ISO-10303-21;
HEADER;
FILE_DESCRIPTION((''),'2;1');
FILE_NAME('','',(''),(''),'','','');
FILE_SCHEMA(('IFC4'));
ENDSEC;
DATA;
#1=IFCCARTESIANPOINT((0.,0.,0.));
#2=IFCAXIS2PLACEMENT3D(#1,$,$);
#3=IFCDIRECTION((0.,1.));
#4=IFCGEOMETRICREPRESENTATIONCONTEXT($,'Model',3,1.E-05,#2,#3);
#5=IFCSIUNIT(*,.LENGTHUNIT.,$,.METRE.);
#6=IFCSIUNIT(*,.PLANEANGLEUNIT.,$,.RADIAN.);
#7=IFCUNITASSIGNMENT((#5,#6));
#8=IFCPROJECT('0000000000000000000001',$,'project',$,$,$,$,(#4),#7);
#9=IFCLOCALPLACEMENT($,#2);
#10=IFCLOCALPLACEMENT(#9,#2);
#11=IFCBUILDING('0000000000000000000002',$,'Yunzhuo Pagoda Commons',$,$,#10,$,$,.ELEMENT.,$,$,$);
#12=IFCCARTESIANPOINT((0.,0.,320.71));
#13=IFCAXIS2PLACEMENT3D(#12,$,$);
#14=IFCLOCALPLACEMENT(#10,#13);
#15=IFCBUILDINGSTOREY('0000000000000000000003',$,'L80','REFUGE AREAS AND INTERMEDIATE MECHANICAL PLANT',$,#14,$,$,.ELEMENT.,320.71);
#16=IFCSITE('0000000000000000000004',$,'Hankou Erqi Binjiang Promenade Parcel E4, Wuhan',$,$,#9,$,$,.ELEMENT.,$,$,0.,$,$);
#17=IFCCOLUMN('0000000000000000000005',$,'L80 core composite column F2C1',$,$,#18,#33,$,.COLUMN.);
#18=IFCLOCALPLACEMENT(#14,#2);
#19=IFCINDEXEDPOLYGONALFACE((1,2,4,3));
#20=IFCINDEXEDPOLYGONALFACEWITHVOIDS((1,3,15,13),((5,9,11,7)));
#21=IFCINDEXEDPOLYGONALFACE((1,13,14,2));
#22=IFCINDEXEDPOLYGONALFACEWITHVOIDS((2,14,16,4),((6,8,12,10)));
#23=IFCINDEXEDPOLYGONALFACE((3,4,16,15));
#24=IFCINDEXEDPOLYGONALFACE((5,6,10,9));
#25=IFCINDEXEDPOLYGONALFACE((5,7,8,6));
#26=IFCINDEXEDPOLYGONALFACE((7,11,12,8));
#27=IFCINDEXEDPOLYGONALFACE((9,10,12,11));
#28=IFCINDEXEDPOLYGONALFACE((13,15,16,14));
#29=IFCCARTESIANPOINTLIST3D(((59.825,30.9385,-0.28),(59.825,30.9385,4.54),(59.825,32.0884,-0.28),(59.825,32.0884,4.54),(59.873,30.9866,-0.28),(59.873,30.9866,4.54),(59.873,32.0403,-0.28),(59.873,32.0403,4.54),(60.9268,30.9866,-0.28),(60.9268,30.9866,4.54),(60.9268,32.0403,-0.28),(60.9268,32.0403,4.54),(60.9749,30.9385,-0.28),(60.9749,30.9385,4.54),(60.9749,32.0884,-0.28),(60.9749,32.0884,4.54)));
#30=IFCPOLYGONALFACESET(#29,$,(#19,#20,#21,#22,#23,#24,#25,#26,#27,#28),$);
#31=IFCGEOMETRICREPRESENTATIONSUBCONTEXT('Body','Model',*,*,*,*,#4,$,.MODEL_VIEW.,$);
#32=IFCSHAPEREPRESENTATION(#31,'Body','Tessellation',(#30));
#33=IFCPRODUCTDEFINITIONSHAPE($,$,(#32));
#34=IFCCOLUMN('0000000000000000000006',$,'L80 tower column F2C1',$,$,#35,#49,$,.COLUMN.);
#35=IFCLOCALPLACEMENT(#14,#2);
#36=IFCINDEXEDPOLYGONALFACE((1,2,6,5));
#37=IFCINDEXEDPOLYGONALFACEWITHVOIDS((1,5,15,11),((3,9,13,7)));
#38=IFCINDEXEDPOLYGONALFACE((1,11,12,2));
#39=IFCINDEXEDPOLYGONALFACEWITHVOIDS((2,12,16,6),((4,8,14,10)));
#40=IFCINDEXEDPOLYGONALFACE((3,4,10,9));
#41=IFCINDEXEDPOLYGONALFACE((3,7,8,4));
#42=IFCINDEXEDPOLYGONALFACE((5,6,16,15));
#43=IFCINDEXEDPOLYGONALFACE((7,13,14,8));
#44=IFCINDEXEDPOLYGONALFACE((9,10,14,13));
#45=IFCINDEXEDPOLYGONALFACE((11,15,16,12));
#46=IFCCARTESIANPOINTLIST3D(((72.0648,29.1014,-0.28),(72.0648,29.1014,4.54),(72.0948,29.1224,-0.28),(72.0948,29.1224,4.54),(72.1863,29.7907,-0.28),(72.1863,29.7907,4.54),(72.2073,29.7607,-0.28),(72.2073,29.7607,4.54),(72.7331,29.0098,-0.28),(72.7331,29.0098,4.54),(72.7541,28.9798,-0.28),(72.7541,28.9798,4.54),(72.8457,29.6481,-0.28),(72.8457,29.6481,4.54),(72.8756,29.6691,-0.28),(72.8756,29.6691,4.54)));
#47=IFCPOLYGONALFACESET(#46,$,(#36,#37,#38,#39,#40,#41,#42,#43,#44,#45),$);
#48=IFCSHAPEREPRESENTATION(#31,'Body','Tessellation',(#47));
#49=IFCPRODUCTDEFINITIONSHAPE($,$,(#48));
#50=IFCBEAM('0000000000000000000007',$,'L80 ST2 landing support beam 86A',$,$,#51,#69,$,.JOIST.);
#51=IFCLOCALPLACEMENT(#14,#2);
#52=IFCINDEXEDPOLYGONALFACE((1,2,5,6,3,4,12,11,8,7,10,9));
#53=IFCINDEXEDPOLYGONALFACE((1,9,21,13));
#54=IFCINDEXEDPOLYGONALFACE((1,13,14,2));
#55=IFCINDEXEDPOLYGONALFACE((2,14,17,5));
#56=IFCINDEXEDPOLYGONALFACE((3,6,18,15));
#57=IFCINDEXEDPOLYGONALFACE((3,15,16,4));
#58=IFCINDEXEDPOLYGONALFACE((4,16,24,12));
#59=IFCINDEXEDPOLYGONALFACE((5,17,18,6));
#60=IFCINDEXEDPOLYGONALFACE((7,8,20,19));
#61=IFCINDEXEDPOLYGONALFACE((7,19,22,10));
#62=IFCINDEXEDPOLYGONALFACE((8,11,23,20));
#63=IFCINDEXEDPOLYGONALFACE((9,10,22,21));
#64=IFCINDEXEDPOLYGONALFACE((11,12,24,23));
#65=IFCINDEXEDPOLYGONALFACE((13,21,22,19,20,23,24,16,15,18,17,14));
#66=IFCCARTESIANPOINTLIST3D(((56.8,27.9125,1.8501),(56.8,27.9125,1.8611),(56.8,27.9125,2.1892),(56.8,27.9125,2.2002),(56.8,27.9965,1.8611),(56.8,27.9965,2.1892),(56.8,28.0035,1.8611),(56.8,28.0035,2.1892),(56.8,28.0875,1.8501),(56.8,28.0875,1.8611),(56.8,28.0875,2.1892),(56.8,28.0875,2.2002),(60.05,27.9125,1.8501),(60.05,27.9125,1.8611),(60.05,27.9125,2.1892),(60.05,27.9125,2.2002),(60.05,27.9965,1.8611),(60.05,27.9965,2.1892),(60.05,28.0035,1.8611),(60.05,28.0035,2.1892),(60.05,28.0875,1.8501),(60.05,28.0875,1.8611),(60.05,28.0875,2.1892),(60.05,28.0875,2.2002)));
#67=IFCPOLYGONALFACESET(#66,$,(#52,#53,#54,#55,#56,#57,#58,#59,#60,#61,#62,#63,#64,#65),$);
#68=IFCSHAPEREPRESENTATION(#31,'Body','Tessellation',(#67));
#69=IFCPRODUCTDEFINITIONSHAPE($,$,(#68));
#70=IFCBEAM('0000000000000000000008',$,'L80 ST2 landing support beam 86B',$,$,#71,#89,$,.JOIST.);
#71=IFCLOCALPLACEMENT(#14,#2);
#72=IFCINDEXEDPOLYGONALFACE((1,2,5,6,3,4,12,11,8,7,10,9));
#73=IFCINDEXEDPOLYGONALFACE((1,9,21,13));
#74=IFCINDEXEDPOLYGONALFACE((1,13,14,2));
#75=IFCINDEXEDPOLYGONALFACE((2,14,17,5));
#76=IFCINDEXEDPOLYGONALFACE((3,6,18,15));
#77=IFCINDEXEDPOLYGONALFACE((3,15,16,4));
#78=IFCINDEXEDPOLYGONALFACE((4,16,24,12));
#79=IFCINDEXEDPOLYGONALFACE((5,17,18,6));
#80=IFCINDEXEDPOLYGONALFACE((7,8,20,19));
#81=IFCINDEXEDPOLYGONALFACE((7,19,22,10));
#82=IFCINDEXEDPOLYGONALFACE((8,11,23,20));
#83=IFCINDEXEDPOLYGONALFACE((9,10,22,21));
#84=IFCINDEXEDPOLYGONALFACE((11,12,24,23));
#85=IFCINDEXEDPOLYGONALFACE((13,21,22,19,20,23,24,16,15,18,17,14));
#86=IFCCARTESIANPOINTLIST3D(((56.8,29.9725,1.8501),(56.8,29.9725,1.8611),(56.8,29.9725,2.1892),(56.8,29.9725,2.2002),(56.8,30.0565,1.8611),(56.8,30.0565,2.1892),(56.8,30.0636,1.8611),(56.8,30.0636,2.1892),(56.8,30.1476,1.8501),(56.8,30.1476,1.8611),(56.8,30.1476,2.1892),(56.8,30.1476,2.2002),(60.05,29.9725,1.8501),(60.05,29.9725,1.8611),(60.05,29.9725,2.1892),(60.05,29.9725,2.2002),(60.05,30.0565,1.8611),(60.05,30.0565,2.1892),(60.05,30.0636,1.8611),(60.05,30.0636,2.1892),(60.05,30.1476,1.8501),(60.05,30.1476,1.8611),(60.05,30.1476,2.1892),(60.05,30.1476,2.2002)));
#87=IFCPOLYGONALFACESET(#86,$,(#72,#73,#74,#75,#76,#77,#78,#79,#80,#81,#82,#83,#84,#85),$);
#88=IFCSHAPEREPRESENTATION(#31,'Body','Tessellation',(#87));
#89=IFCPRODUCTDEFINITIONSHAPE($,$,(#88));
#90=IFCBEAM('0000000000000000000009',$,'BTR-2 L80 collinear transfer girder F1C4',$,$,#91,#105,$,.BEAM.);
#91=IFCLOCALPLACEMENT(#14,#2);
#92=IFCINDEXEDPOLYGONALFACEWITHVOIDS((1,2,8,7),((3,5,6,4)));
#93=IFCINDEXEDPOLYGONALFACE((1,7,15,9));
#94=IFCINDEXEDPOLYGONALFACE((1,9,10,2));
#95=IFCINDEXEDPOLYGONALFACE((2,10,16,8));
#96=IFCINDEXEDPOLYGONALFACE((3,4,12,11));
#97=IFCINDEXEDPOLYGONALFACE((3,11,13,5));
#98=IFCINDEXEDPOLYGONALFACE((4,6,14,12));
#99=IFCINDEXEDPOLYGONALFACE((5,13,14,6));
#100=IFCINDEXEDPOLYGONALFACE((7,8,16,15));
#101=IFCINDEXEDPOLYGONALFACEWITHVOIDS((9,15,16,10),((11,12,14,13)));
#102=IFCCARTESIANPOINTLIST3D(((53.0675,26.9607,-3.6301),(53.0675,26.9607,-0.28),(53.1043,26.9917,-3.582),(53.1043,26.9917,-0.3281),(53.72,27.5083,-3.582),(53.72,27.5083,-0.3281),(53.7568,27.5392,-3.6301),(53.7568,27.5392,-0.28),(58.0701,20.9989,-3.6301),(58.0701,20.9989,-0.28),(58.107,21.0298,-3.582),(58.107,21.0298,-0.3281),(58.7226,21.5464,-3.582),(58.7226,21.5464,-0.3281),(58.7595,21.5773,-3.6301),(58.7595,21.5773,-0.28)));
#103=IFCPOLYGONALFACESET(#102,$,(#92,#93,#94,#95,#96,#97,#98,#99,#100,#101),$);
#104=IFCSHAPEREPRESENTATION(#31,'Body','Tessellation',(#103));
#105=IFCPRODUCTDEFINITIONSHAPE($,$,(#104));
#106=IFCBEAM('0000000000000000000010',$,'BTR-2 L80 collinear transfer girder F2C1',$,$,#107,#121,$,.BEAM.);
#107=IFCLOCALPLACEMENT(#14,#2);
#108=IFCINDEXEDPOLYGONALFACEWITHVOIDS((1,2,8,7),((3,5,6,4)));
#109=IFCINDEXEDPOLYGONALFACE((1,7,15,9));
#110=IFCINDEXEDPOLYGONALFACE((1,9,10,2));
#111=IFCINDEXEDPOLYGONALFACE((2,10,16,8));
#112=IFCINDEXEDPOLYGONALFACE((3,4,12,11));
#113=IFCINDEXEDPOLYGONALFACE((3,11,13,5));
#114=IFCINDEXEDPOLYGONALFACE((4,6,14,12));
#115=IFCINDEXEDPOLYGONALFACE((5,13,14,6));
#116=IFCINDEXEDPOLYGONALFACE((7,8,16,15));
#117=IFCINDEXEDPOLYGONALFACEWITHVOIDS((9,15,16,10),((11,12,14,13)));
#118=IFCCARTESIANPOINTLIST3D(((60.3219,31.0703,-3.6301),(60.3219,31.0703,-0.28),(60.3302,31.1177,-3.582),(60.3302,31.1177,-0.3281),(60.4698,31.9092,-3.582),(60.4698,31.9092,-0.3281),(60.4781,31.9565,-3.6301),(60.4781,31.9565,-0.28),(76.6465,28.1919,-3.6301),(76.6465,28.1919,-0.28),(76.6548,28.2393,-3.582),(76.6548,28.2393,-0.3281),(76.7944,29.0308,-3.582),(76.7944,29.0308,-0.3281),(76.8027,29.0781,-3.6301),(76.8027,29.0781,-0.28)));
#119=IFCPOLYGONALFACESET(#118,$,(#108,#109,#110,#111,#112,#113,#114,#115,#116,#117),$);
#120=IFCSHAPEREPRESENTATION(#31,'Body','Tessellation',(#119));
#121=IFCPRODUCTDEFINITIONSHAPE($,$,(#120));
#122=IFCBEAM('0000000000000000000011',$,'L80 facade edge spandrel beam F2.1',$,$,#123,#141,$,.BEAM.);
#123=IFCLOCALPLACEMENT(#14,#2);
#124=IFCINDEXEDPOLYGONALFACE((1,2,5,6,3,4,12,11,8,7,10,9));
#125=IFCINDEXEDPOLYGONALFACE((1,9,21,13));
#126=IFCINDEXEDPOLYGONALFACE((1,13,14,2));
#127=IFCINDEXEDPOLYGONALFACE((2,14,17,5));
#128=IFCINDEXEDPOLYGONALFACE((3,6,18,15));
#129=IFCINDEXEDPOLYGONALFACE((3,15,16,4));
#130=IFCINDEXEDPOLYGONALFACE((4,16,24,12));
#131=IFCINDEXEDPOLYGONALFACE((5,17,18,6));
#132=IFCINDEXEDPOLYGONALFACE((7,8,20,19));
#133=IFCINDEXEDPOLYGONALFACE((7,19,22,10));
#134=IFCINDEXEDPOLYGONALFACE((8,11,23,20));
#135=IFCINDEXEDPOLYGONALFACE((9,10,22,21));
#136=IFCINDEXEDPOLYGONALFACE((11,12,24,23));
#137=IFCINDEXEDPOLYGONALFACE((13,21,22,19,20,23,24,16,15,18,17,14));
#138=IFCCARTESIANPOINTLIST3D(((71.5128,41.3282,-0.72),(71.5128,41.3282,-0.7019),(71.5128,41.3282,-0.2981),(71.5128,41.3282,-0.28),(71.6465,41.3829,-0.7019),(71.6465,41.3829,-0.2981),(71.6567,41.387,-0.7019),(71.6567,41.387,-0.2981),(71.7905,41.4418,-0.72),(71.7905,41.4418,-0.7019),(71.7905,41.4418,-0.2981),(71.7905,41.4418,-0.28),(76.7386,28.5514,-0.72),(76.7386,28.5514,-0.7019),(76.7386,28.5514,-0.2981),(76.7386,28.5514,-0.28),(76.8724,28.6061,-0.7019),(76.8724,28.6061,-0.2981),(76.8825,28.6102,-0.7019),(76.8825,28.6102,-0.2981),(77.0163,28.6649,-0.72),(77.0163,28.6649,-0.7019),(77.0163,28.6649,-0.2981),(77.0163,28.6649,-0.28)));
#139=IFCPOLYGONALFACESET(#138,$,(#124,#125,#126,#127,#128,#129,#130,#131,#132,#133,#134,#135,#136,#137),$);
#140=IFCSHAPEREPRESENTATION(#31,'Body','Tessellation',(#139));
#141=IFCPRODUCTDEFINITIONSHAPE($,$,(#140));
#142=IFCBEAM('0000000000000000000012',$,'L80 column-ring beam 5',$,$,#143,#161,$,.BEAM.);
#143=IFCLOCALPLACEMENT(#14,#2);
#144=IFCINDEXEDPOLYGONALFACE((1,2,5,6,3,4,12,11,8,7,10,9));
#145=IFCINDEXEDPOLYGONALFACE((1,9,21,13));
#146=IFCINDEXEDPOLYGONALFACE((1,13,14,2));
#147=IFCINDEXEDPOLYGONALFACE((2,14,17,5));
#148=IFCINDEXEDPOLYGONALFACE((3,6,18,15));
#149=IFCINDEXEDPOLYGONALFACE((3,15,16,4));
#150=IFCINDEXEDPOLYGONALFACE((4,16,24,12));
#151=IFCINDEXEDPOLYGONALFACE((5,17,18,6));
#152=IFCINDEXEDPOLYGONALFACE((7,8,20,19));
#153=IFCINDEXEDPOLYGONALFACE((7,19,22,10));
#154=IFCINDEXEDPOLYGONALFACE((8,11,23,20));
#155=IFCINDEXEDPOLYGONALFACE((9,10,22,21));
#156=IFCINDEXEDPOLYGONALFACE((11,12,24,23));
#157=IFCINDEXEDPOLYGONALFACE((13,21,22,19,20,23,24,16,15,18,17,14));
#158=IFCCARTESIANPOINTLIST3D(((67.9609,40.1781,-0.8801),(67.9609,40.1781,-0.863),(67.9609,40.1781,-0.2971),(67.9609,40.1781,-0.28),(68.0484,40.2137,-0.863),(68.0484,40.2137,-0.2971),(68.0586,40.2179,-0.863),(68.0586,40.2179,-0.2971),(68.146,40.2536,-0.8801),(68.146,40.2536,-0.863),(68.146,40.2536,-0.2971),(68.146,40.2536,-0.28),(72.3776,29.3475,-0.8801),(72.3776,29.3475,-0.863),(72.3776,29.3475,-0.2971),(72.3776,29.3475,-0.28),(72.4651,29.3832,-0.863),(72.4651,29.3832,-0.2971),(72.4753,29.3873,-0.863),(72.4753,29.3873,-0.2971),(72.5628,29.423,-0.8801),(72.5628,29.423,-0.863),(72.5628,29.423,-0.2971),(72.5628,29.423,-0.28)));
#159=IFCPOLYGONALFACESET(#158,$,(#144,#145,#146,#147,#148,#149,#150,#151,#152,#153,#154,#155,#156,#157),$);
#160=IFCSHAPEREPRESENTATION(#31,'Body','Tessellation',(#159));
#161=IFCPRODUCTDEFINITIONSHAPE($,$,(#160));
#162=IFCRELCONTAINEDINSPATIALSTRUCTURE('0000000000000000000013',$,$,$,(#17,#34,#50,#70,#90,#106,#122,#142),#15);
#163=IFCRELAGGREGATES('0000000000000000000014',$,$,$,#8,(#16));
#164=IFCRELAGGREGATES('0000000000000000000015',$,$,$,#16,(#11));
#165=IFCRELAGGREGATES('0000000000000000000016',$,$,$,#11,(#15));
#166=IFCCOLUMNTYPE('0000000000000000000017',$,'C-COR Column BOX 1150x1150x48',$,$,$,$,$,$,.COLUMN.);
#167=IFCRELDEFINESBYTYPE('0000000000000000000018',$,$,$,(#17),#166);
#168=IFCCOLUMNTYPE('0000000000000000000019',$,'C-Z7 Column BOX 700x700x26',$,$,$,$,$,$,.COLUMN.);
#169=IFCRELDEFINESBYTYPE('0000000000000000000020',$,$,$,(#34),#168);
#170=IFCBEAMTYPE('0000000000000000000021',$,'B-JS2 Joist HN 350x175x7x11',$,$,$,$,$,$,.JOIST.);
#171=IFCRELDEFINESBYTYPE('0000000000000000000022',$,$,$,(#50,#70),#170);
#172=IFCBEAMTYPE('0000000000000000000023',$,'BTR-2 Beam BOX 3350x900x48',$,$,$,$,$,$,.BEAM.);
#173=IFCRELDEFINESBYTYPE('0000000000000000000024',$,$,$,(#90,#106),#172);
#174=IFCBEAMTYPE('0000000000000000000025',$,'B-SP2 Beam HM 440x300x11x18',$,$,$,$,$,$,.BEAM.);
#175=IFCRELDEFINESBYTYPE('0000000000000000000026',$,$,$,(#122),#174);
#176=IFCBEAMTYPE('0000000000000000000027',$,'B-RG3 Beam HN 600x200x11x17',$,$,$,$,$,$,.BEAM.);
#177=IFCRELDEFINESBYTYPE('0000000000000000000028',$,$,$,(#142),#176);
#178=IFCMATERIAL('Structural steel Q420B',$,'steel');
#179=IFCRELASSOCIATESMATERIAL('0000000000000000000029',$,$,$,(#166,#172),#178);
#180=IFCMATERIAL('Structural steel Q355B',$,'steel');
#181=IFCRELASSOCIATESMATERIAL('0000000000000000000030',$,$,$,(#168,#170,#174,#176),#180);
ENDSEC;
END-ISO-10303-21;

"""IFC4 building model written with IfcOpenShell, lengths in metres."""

from ifc_helpers import new_model, si_unit, direction, frame, origin, origin_2d, place, context, subcontext, project, spatial, hollow_rectangle, i_section, extrude, source, transform, mapped, material, material_profile, profile_set, type_object, element, save


model = new_model("IFC4")

# Units and contexts
model_context = context("Model", 3, precision=1e-05, world=origin(), true_north=direction((0.0, 1.0)))
body_context = subcontext(model_context, "Body", "Model", "MODEL_VIEW")
ifc_project = project(units=[si_unit("LENGTHUNIT", "METRE"), si_unit("PLANEANGLEUNIT", "RADIAN")], contexts=[model_context])

# Site, building, storey
site_placement = place(None, origin())
site = spatial("IfcSite", under=ifc_project, at=site_placement, Name="Hankou Erqi Binjiang Promenade Parcel E4, Wuhan", CompositionType="ELEMENT", RefElevation=0.0)
building_placement = place(site_placement, origin())
building = spatial("IfcBuilding", under=site, at=building_placement, Name="Yunzhuo Pagoda Commons", CompositionType="ELEMENT")
storey_placement = place(building_placement, frame((0.0, 0.0, 320.71)))
storey = spatial("IfcBuildingStorey", under=building, at=storey_placement, Name="L80", Description="REFUGE AREAS AND INTERMEDIATE MECHANICAL PLANT", CompositionType="ELEMENT", Elevation=320.71)

# Columns
ifc_material_1 = material(Name="Structural steel Q420B", Category="steel")
ifc_material_profile_1 = material_profile(ifc_material_1, hollow_rectangle(XDim=1.1499, YDim=1.1499, WallThickness=0.0481, at=origin_2d()), Name="Structural steel Q420B")
ifc_profile_set_1 = profile_set([ifc_material_profile_1], Name="Structural steel Q420B")
column_type_1 = type_object("IfcColumnType", Name="C-COR Column BOX 1150x1150x48", PredefinedType="COLUMN", material=ifc_profile_set_1)
shared_shape_1 = source(origin(), body_context, "Body", "SweptSolid", [
    extrude(hollow_rectangle(XDim=1.1499, YDim=1.1499, WallThickness=0.0481, at=origin_2d()), origin(), (0.0, 0.0, 1.0), 4.8201),
])
column_1_placement = place(storey_placement, frame((60.3999, 31.5134, -0.28), z_axis=(0.0, 0.0, 1.0), x_axis=(1.0, 0.0, 0.0)))
element("IfcColumn", 1, at=column_1_placement, inside=storey, type_object=column_type_1, Name="L80 core composite column F2C1", PredefinedType="COLUMN", context=body_context, shape_type="MappedRepresentation", body=[
    mapped(shared_shape_1, transform((0.0, 0.0, 0.0), scale=1.0)),
])
ifc_material_2 = material(Name="Structural steel Q355B", Category="steel")
ifc_material_profile_2 = material_profile(ifc_material_2, hollow_rectangle(XDim=0.7, YDim=0.7, WallThickness=0.0259, at=origin_2d()), Name="Structural steel Q355B")
ifc_profile_set_2 = profile_set([ifc_material_profile_2], Name="Structural steel Q355B")
column_type_2 = type_object("IfcColumnType", Name="C-Z7 Column BOX 700x700x26", PredefinedType="COLUMN", material=ifc_profile_set_2)
shared_shape_2 = source(origin(), body_context, "Body", "SweptSolid", [
    extrude(hollow_rectangle(XDim=0.7, YDim=0.7, WallThickness=0.0259, at=origin_2d()), origin(), (0.0, 0.0, 1.0), 4.8201),
])
column_2_placement = place(storey_placement, frame((72.4702, 29.3853, -0.28), z_axis=(0.0, 0.0, 1.0), x_axis=(0.173648, 0.984808, 0.0)))
element("IfcColumn", 2, at=column_2_placement, inside=storey, type_object=column_type_2, Name="L80 tower column F2C1", PredefinedType="COLUMN", context=body_context, shape_type="MappedRepresentation", body=[
    mapped(shared_shape_2, transform((0.0, 0.0, 0.0), scale=1.0)),
])

# Beams
ifc_material_profile_3 = material_profile(ifc_material_2, i_section(OverallWidth=0.175, OverallDepth=0.3501, WebThickness=0.0071, FlangeThickness=0.011, at=origin_2d()), Name="Structural steel Q355B")
ifc_profile_set_3 = profile_set([ifc_material_profile_3], Name="Structural steel Q355B")
beam_type_1 = type_object("IfcBeamType", Name="B-JS2 Joist HN 350x175x7x11", PredefinedType="JOIST", material=ifc_profile_set_3)
shared_shape_3 = source(origin(), body_context, "Body", "SweptSolid", [
    extrude(i_section(OverallWidth=0.175, OverallDepth=0.3501, WebThickness=0.0071, FlangeThickness=0.011, at=origin_2d()), origin(), (0.0, 0.0, 1.0), 3.25),
])
for number, where, z_axis, x_axis, name in (
    (3, (56.8, 28.0, 2.0251), (1.0, 0.0, 0.0), (0.0, 1.0, 0.0), "L80 ST2 landing support beam 86A"),
    (4, (56.8, 30.0601, 2.0251), (1.0, 0.0, 0.0), (0.0, 1.0, 0.0), "L80 ST2 landing support beam 86B"),
):
    element("IfcBeam", number, at=place(storey_placement, frame(where, z_axis=z_axis, x_axis=x_axis)), inside=storey, type_object=beam_type_1, Name=name, PredefinedType="JOIST", context=body_context, shape_type="MappedRepresentation", body=[
        mapped(shared_shape_3, transform((0.0, 0.0, 0.0), scale=1.0)),
    ])
ifc_material_profile_4 = material_profile(ifc_material_1, hollow_rectangle(XDim=0.8999, YDim=3.3501, WallThickness=0.0481, at=origin_2d()), Name="Structural steel Q420B")
ifc_profile_set_4 = profile_set([ifc_material_profile_4], Name="Structural steel Q420B")
beam_type_2 = type_object("IfcBeamType", Name="BTR-2 Beam BOX 3350x900x48", PredefinedType="BEAM", material=ifc_profile_set_4)
shared_shape_4 = source(origin(), body_context, "Body", "SweptSolid", [
    extrude(hollow_rectangle(XDim=0.8999, YDim=3.3501, WallThickness=0.0481, at=origin_2d()), origin(), (0.0, 0.0, 1.0), 7.7827),
])
beam_1_placement = place(storey_placement, frame((58.4148, 21.2881, -1.9551), z_axis=(-0.642791, 0.766042, 0.0), x_axis=(-0.766042, -0.642791, 0.0)))
element("IfcBeam", 5, at=beam_1_placement, inside=storey, type_object=beam_type_2, Name="BTR-2 L80 collinear transfer girder F1C4", PredefinedType="BEAM", context=body_context, shape_type="MappedRepresentation", body=[
    mapped(shared_shape_4, transform((0.0, 0.0, 0.0), scale=1.0)),
])
shared_shape_5 = source(origin(), body_context, "Body", "SweptSolid", [
    extrude(hollow_rectangle(XDim=0.8999, YDim=3.3501, WallThickness=0.0481, at=origin_2d()), origin(), (0.0, 0.0, 1.0), 16.5764),
])
beam_2_placement = place(storey_placement, frame((76.7246, 28.635, -1.9551), z_axis=(-0.984808, 0.173644, 0.0), x_axis=(-0.173644, -0.984808, 0.0)))
element("IfcBeam", 6, at=beam_2_placement, inside=storey, type_object=beam_type_2, Name="BTR-2 L80 collinear transfer girder F2C1", PredefinedType="BEAM", context=body_context, shape_type="MappedRepresentation", body=[
    mapped(shared_shape_5, transform((0.0, 0.0, 0.0), scale=1.0)),
])
ifc_material_profile_5 = material_profile(ifc_material_2, i_section(OverallWidth=0.3, OverallDepth=0.4399, WebThickness=0.011, FlangeThickness=0.0181, at=origin_2d()), Name="Structural steel Q355B")
ifc_profile_set_5 = profile_set([ifc_material_profile_5], Name="Structural steel Q355B")
beam_type_3 = type_object("IfcBeamType", Name="B-SP2 Beam HM 440x300x11x18", PredefinedType="BEAM", material=ifc_profile_set_5)
shared_shape_6 = source(origin(), body_context, "Body", "SweptSolid", [
    extrude(i_section(OverallWidth=0.3, OverallDepth=0.4399, WebThickness=0.011, FlangeThickness=0.0181, at=origin_2d()), origin(), (0.0, 0.0, 1.0), 13.8042),
])
beam_3_placement = place(storey_placement, frame((76.8774, 28.6082, -0.5), z_axis=(-0.378567, 0.925574, 0.0), x_axis=(-0.925574, -0.378567, 0.0)))
element("IfcBeam", 7, at=beam_3_placement, inside=storey, type_object=beam_type_3, Name="L80 facade edge spandrel beam F2.1", PredefinedType="BEAM", context=body_context, shape_type="MappedRepresentation", body=[
    mapped(shared_shape_6, transform((0.0, 0.0, 0.0), scale=1.0)),
])
ifc_material_profile_6 = material_profile(ifc_material_2, i_section(OverallWidth=0.2, OverallDepth=0.6001, WebThickness=0.011, FlangeThickness=0.0171, at=origin_2d()), Name="Structural steel Q355B")
ifc_profile_set_6 = profile_set([ifc_material_profile_6], Name="Structural steel Q355B")
beam_type_4 = type_object("IfcBeamType", Name="B-RG3 Beam HN 600x200x11x17", PredefinedType="BEAM", material=ifc_profile_set_6)
shared_shape_7 = source(origin(), body_context, "Body", "SweptSolid", [
    extrude(i_section(OverallWidth=0.2, OverallDepth=0.6001, WebThickness=0.011, FlangeThickness=0.0171, at=origin_2d()), origin(), (0.0, 0.0, 1.0), 11.6965),
])
beam_4_placement = place(storey_placement, frame((72.4702, 29.3853, -0.5801), z_axis=(-0.377612, 0.925964, 0.0), x_axis=(-0.925964, -0.377612, 0.0)))
element("IfcBeam", 8, at=beam_4_placement, inside=storey, type_object=beam_type_4, Name="L80 column-ring beam 5", PredefinedType="BEAM", context=body_context, shape_type="MappedRepresentation", body=[
    mapped(shared_shape_7, transform((0.0, 0.0, 0.0), scale=1.0)),
])

save(model, "model.ifc")
